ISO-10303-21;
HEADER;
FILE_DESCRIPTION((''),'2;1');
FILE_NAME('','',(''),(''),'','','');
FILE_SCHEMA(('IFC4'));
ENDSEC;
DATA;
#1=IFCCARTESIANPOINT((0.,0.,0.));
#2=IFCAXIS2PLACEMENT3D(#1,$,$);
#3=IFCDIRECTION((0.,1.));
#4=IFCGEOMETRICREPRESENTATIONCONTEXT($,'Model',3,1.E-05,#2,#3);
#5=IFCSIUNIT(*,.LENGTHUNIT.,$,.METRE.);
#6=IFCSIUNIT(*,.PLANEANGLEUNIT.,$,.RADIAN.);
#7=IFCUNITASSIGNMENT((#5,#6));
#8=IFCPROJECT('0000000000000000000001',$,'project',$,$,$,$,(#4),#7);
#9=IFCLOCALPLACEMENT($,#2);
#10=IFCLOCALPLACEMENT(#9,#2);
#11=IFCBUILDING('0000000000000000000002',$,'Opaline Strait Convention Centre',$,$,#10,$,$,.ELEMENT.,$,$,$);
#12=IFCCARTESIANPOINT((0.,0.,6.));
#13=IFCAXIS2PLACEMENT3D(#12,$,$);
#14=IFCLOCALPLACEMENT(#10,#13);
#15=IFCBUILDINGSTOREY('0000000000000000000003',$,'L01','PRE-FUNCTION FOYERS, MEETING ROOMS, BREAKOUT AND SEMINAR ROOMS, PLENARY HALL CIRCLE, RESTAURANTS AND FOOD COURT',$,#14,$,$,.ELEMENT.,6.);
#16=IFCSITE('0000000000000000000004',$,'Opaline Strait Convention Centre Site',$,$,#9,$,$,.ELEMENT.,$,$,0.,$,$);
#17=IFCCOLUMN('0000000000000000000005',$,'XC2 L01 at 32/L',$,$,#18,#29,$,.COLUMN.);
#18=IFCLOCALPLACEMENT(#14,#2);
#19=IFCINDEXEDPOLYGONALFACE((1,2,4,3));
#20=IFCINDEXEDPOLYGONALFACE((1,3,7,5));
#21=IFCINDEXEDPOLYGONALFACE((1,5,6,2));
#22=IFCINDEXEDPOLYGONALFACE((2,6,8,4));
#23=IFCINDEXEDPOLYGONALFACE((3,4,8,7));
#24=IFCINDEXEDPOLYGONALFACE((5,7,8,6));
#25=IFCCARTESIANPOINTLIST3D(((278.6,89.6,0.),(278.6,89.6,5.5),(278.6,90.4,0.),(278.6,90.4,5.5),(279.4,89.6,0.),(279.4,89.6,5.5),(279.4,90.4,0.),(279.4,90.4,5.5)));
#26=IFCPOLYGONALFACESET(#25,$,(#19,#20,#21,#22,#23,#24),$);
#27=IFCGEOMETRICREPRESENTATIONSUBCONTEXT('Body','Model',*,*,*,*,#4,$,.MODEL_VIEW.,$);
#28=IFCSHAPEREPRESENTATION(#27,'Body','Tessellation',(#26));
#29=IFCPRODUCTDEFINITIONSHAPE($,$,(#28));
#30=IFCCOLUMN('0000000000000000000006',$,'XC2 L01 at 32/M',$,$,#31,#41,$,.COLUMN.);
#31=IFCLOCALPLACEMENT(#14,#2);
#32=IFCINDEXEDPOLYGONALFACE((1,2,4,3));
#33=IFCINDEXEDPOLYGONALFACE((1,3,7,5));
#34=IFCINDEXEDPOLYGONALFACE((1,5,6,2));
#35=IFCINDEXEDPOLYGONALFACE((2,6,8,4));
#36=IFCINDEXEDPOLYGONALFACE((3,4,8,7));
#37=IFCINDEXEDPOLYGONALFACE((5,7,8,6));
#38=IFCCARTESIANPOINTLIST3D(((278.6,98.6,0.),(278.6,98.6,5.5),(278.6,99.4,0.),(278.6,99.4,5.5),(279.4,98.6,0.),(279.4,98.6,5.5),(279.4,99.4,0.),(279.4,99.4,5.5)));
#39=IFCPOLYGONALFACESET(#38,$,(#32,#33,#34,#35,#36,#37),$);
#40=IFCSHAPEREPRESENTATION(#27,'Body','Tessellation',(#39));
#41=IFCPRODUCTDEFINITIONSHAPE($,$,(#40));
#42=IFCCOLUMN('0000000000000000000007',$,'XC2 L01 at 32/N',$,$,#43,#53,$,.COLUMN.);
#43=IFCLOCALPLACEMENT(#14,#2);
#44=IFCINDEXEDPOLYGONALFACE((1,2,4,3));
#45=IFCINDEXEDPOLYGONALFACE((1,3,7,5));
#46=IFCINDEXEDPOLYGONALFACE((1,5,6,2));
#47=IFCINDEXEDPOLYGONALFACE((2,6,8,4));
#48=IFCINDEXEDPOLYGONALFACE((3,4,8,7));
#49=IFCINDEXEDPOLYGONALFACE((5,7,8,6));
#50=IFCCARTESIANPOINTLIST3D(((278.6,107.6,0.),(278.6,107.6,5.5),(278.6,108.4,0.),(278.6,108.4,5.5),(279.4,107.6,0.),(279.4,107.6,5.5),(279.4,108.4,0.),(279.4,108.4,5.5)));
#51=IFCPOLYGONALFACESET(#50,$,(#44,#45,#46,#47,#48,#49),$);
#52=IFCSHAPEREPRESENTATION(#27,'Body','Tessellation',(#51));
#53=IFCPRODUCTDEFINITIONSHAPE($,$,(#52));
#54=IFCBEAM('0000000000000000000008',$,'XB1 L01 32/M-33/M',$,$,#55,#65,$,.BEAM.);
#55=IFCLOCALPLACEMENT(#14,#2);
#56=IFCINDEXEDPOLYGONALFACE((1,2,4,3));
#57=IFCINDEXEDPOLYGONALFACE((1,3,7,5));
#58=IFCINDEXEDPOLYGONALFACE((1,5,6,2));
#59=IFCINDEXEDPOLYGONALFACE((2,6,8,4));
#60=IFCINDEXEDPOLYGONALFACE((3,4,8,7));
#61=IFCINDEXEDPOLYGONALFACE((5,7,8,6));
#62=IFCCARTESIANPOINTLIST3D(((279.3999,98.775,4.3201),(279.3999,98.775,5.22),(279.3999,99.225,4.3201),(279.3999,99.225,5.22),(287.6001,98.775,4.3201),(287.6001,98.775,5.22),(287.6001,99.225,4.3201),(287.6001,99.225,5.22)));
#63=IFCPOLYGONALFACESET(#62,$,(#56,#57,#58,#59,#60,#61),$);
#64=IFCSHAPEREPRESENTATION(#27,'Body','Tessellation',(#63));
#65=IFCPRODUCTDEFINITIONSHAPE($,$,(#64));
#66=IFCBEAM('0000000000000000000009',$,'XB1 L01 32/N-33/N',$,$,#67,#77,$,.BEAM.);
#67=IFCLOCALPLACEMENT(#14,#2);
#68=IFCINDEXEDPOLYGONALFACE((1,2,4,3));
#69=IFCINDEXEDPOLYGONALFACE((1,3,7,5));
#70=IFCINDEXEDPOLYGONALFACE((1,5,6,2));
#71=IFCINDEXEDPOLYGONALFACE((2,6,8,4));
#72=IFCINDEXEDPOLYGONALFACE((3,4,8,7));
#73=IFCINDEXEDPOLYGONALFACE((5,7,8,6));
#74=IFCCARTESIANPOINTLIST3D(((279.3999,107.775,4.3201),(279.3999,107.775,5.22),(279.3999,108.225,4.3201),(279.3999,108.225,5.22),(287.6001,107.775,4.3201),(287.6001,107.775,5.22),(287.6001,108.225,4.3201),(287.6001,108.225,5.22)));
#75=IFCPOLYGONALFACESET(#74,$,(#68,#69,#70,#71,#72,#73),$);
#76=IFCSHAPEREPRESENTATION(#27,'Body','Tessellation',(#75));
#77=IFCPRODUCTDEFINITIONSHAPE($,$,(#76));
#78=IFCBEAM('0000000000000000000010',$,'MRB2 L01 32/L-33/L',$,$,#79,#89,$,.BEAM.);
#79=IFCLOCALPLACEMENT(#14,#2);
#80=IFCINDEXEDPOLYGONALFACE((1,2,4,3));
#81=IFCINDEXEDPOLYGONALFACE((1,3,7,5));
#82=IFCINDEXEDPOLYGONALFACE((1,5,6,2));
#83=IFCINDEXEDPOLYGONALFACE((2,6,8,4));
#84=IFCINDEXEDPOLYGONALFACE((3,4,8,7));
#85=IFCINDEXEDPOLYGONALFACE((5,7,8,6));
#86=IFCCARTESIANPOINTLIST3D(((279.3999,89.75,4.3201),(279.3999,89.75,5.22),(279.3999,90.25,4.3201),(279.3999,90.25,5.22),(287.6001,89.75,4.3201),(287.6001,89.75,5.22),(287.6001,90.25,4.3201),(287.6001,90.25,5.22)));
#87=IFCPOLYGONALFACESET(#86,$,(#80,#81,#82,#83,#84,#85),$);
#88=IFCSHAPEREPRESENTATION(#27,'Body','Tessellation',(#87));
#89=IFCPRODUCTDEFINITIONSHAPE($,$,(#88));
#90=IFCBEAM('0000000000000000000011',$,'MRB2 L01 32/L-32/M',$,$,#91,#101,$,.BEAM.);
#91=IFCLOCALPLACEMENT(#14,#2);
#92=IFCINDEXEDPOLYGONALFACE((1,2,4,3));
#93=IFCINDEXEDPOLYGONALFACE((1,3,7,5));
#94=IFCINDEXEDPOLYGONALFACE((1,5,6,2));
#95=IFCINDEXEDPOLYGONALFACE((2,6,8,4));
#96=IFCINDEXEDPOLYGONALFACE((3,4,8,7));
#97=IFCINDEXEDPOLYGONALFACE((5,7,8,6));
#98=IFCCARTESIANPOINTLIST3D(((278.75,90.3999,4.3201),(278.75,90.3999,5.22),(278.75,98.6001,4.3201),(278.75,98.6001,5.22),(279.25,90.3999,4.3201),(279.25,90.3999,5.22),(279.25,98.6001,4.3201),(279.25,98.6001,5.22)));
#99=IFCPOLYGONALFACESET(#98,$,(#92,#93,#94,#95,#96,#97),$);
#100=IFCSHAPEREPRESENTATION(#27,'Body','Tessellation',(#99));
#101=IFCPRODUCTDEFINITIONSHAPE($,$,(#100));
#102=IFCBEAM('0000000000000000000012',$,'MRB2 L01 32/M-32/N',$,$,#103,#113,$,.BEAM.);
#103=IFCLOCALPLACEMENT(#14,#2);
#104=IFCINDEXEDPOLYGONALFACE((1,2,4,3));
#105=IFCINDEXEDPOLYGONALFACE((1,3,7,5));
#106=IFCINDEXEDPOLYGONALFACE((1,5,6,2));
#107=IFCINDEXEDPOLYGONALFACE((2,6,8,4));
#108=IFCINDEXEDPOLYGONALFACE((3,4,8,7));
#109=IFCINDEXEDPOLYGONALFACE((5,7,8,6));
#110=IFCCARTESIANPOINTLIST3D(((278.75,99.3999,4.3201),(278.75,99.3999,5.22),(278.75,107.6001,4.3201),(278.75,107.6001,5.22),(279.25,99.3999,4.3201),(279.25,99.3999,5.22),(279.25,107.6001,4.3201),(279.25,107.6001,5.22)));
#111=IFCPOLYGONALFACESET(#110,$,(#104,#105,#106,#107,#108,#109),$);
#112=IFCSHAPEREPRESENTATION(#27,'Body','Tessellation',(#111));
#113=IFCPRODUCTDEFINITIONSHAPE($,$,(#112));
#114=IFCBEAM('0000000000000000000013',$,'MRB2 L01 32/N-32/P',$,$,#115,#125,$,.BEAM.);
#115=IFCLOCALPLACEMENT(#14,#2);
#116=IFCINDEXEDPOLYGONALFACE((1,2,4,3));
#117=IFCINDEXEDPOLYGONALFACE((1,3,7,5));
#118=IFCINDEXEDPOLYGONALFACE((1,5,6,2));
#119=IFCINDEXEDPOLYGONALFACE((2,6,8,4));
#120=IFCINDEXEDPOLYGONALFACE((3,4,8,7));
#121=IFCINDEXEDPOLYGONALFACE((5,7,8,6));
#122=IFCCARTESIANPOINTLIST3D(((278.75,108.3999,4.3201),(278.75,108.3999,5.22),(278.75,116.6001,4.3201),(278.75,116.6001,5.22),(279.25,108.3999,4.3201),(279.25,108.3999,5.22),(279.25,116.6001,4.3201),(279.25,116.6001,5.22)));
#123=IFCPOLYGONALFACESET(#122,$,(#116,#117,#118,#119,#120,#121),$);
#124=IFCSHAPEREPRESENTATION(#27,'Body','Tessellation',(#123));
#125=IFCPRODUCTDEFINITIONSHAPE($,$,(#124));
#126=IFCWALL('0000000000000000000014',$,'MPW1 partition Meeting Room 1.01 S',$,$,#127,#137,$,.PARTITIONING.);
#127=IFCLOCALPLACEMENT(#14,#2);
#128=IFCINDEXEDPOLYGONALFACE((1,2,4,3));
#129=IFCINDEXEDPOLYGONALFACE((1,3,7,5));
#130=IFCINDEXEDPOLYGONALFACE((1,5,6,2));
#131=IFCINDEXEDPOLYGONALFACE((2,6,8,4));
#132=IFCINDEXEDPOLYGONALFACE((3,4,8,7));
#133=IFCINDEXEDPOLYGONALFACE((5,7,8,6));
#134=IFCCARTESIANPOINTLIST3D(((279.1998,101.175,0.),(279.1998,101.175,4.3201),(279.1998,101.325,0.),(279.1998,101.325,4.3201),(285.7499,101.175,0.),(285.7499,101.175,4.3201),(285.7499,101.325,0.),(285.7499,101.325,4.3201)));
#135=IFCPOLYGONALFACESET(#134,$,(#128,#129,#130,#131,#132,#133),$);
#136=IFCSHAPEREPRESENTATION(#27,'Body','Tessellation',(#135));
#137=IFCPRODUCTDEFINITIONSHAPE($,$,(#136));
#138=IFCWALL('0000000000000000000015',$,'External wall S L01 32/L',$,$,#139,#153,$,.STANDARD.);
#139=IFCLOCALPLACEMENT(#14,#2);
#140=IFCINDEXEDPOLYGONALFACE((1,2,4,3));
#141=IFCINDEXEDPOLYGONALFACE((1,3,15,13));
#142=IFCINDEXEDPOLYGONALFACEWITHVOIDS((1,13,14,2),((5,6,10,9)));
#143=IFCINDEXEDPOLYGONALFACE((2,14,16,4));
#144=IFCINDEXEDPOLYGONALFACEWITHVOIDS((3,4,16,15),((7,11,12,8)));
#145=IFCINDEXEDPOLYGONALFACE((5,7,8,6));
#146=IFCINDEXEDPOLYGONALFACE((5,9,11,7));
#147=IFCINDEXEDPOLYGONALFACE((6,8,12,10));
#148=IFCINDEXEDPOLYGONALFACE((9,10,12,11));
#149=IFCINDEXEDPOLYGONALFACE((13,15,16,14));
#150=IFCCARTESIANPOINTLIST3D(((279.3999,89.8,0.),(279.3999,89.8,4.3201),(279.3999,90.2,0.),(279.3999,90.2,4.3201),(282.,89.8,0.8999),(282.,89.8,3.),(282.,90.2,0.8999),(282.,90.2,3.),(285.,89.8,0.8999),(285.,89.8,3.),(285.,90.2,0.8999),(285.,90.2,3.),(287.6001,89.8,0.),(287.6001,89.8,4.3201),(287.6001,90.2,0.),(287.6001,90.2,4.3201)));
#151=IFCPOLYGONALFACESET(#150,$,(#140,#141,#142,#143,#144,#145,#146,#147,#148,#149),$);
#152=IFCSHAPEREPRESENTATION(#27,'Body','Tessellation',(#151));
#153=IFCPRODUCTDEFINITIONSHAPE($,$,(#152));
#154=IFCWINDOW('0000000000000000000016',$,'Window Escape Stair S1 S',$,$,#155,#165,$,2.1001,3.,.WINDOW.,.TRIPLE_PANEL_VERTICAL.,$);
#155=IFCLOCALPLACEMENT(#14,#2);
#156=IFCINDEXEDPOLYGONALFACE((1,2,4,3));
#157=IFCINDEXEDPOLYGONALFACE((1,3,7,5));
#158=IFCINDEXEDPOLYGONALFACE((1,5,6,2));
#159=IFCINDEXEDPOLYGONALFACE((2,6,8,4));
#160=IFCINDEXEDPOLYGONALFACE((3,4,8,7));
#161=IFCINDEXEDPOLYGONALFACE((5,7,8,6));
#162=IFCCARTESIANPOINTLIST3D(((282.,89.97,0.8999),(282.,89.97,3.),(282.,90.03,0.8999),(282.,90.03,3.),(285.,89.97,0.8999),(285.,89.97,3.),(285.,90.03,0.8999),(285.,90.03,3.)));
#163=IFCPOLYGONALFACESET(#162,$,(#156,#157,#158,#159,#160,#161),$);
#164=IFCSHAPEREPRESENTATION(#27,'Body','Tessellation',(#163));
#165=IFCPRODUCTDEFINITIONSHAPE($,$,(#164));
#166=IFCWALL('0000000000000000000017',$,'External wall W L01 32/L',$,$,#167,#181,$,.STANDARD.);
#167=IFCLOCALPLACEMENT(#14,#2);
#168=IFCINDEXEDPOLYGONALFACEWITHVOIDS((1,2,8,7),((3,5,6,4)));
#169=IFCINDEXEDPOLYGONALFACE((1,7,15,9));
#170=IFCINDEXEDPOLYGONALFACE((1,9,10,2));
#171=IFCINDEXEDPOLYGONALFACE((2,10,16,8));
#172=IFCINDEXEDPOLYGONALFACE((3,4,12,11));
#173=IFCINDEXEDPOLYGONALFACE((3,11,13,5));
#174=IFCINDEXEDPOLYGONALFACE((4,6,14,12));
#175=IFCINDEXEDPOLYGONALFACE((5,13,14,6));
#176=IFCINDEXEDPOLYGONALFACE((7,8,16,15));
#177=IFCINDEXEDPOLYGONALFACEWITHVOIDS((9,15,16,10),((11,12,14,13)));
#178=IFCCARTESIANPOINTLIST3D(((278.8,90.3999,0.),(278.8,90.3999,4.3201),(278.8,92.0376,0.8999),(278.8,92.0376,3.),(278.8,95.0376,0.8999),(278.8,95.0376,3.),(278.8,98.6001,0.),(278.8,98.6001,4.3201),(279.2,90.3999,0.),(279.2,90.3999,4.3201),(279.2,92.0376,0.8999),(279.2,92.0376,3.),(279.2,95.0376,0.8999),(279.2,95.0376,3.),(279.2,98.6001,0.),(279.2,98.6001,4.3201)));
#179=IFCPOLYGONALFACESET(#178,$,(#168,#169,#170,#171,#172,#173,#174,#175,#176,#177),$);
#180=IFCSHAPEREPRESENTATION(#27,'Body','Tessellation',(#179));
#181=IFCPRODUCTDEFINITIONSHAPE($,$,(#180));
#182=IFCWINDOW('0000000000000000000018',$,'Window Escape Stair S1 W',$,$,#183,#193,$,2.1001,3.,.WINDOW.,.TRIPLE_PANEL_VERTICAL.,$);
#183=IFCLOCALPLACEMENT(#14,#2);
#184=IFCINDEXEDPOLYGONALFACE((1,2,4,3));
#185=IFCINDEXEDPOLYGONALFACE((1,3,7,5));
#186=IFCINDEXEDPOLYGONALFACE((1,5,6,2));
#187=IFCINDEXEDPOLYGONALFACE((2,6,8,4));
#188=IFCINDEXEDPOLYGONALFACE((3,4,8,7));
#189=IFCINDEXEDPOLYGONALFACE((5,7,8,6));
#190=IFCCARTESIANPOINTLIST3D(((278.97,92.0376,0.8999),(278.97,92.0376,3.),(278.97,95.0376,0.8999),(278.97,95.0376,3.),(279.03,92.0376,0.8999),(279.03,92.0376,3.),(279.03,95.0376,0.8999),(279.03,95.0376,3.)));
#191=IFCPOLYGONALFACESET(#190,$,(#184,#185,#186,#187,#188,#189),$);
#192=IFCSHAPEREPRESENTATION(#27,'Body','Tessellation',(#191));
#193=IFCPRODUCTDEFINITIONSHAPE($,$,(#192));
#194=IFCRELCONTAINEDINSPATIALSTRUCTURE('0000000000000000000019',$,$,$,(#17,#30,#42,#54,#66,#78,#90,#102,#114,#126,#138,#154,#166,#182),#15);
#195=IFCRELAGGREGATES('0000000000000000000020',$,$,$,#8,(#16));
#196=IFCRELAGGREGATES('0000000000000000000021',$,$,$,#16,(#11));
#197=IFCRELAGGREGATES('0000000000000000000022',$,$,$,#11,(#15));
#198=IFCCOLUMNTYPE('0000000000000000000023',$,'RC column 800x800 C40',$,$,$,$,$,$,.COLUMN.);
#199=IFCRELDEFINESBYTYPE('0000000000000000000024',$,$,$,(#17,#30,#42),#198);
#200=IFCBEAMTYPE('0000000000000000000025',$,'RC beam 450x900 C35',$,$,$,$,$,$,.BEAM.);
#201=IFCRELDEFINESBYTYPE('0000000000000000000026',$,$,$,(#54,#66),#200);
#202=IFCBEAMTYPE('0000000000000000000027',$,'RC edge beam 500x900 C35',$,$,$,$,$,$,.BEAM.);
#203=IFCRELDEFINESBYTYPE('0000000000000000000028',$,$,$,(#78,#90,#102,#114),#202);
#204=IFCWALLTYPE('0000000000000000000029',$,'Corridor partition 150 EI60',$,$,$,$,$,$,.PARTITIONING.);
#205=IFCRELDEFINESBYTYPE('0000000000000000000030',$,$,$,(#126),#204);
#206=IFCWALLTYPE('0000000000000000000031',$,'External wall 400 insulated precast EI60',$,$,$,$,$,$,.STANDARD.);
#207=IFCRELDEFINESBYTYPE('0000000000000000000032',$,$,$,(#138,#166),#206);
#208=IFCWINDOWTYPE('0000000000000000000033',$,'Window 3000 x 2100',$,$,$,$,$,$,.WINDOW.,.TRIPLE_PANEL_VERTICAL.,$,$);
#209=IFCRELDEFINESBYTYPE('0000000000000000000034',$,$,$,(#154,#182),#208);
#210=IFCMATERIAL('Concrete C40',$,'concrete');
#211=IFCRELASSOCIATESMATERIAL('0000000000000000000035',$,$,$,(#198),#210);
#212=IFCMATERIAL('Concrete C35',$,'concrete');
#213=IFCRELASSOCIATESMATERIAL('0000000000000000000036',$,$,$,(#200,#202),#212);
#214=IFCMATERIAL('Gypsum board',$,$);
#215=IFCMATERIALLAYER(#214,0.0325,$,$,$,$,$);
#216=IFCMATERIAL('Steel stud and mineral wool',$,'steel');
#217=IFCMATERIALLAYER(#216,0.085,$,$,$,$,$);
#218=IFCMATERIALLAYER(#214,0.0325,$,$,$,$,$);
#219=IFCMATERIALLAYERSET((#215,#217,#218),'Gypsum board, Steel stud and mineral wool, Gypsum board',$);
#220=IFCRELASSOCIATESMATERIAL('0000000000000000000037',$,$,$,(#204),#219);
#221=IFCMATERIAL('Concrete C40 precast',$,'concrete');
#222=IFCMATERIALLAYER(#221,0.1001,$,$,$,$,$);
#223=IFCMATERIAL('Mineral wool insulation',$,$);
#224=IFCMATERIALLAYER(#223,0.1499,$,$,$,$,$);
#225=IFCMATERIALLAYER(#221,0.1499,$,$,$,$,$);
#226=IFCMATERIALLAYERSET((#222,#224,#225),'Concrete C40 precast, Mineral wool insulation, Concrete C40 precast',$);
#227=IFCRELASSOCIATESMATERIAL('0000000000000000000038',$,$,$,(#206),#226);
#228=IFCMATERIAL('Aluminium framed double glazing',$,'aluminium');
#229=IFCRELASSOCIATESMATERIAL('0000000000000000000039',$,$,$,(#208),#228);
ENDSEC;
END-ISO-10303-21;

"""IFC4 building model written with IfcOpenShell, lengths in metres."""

from ifc_helpers import new_model, si_unit, direction, frame, frame_2d, origin, origin_2d, place, context, subcontext, project, spatial, rectangle, extrude, material, layer, layer_set, material_profile, profile_set, type_object, element, fill, save


model = new_model("IFC4")

# Units and contexts
model_context = context("Model", 3, precision=1e-05, world=origin(), true_north=direction((0.0, 1.0)))
body_context = subcontext(model_context, "Body", "Model", "MODEL_VIEW")
ifc_project = project(units=[si_unit("LENGTHUNIT", "METRE"), si_unit("PLANEANGLEUNIT", "RADIAN")], contexts=[model_context])

# Site, building, storey
site_placement = place(None, origin())
site = spatial("IfcSite", under=ifc_project, at=site_placement, Name="Opaline Strait Convention Centre Site", CompositionType="ELEMENT", RefElevation=0.0)
building_placement = place(site_placement, origin())
building = spatial("IfcBuilding", under=site, at=building_placement, Name="Opaline Strait Convention Centre", CompositionType="ELEMENT")
storey_placement = place(building_placement, frame((0.0, 0.0, 6.0)))
storey = spatial("IfcBuildingStorey", under=building, at=storey_placement, Name="L01", Description="PRE-FUNCTION FOYERS, MEETING ROOMS, BREAKOUT AND SEMINAR ROOMS, PLENARY HALL CIRCLE, RESTAURANTS AND FOOD COURT", CompositionType="ELEMENT", Elevation=6.0)

# Columns
ifc_material_1 = material(Name="Concrete C40", Category="concrete")
ifc_material_profile_1 = material_profile(ifc_material_1, rectangle(XDim=0.8, YDim=0.8, at=origin_2d()), Name="RC 800x800")
ifc_profile_set_1 = profile_set([ifc_material_profile_1], Name="Concrete C40")
column_type = type_object("IfcColumnType", Name="RC column 800x800 C40", PredefinedType="COLUMN", material=ifc_profile_set_1)
for number, where, z_axis, x_axis, name in (
    (1, (279.0, 90.0, 0.0), (0.0, 0.0, 1.0), (1.0, 0.0, 0.0), "XC2 L01 at 32/L"),
    (2, (279.0, 99.0, 0.0), (0.0, 0.0, 1.0), (1.0, 0.0, 0.0), "XC2 L01 at 32/M"),
    (3, (279.0, 108.0, 0.0), (0.0, 0.0, 1.0), (1.0, 0.0, 0.0), "XC2 L01 at 32/N"),
):
    element("IfcColumn", number, at=place(storey_placement, frame(where, z_axis=z_axis, x_axis=x_axis)), inside=storey, type_object=column_type, Name=name, PredefinedType="COLUMN", context=body_context, shape_type="SweptSolid", body=[
        extrude(rectangle(XDim=0.8, YDim=0.8, at=origin_2d()), origin(), (0.0, 0.0, 1.0), 5.5),
    ])

# Beams
ifc_material_2 = material(Name="Concrete C35", Category="concrete")
ifc_material_profile_2 = material_profile(ifc_material_2, rectangle(XDim=0.45, YDim=0.8999, at=origin_2d()), Name="RC 450x900")
ifc_profile_set_2 = profile_set([ifc_material_profile_2], Name="Concrete C35")
beam_type_1 = type_object("IfcBeamType", Name="RC beam 450x900 C35", PredefinedType="BEAM", material=ifc_profile_set_2)
for number, where, z_axis, x_axis, name in (
    (4, (279.3999, 99.0, 4.77), (1.0, 0.0, 0.0), (0.0, 1.0, 0.0), "XB1 L01 32/M-33/M"),
    (5, (279.3999, 108.0, 4.77), (1.0, 0.0, 0.0), (0.0, 1.0, 0.0), "XB1 L01 32/N-33/N"),
):
    element("IfcBeam", number, at=place(storey_placement, frame(where, z_axis=z_axis, x_axis=x_axis)), inside=storey, type_object=beam_type_1, Name=name, PredefinedType="BEAM", context=body_context, shape_type="SweptSolid", body=[
        extrude(rectangle(XDim=0.45, YDim=0.8999, at=origin_2d()), origin(), (0.0, 0.0, 1.0), 8.2002),
    ])
ifc_material_profile_3 = material_profile(ifc_material_2, rectangle(XDim=0.5, YDim=0.8999, at=origin_2d()), Name="RC 500x900")
ifc_profile_set_3 = profile_set([ifc_material_profile_3], Name="Concrete C35")
beam_type_2 = type_object("IfcBeamType", Name="RC edge beam 500x900 C35", PredefinedType="BEAM", material=ifc_profile_set_3)
for number, where, z_axis, x_axis, name in (
    (6, (279.3999, 90.0, 4.77), (1.0, 0.0, 0.0), (0.0, 1.0, 0.0), "MRB2 L01 32/L-33/L"),
    (7, (279.0, 90.3999, 4.77), (0.0, 1.0, 0.0), (-1.0, 0.0, 0.0), "MRB2 L01 32/L-32/M"),
    (8, (279.0, 99.3999, 4.77), (0.0, 1.0, 0.0), (-1.0, 0.0, 0.0), "MRB2 L01 32/M-32/N"),
    (9, (279.0, 108.3999, 4.77), (0.0, 1.0, 0.0), (-1.0, 0.0, 0.0), "MRB2 L01 32/N-32/P"),
):
    element("IfcBeam", number, at=place(storey_placement, frame(where, z_axis=z_axis, x_axis=x_axis)), inside=storey, type_object=beam_type_2, Name=name, PredefinedType="BEAM", context=body_context, shape_type="SweptSolid", body=[
        extrude(rectangle(XDim=0.5, YDim=0.8999, at=origin_2d()), origin(), (0.0, 0.0, 1.0), 8.2002),
    ])

# Wall
ifc_material_3 = material(Name="Gypsum board")
ifc_layer_1 = layer(ifc_material_3, 0.0325)
ifc_material_4 = material(Name="Steel stud and mineral wool", Category="steel")
ifc_layer_2 = layer(ifc_material_4, 0.085)
ifc_layer_3 = layer(ifc_material_3, 0.0325)
ifc_layer_set_1 = layer_set([ifc_layer_1, ifc_layer_2, ifc_layer_3], Name="Gypsum board, Steel stud and mineral wool, Gypsum board")
wall_type_1 = type_object("IfcWallType", Name="Corridor partition 150 EI60", PredefinedType="PARTITIONING", material=ifc_layer_set_1)
wall_1_placement = place(storey_placement, frame((279.2, 101.25, 0.0), z_axis=(0.0, 0.0, 1.0), x_axis=(1.0, 0.0, 0.0)))
element("IfcWall", 10, at=wall_1_placement, inside=storey, type_object=wall_type_1, Name="MPW1 partition Meeting Room 1.01 S", PredefinedType="PARTITIONING", context=body_context, shape_type="SweptSolid", body=[
    extrude(rectangle(XDim=6.55, YDim=0.1499, at=frame_2d((3.2749, 0.0))), origin(), (0.0, 0.0, 1.0), 4.3201),
])

# Walls, openings, windows
ifc_material_5 = material(Name="Concrete C40 precast", Category="concrete")
ifc_layer_4 = layer(ifc_material_5, 0.1001)
ifc_material_6 = material(Name="Mineral wool insulation")
ifc_layer_5 = layer(ifc_material_6, 0.1499)
ifc_layer_6 = layer(ifc_material_5, 0.1499)
ifc_layer_set_2 = layer_set([ifc_layer_4, ifc_layer_5, ifc_layer_6], Name="Concrete C40 precast, Mineral wool insulation, Concrete C40 precast")
wall_type_2 = type_object("IfcWallType", Name="External wall 400 insulated precast EI60", PredefinedType="STANDARD", material=ifc_layer_set_2)
wall_2_placement = place(storey_placement, frame((279.3999, 90.0, 0.0), z_axis=(0.0, 0.0, 1.0), x_axis=(1.0, 0.0, 0.0)))
wall_2 = element("IfcWall", 11, at=wall_2_placement, inside=storey, type_object=wall_type_2, Name="External wall S L01 32/L", PredefinedType="STANDARD", context=body_context, shape_type="SweptSolid", body=[
    extrude(rectangle(XDim=8.2002, YDim=0.3999, at=frame_2d((4.1001, 0.0))), origin(), (0.0, 0.0, 1.0), 4.3201),
])
opening_1_placement = place(wall_2_placement, frame((2.6001, 0.0, 0.8999)))
opening_1 = element("IfcOpeningElement", 12, at=opening_1_placement, cuts=wall_2, PredefinedType="OPENING", context=body_context, shape_type="SweptSolid", body=[
    extrude(rectangle(XDim=3.0, YDim=2.1001, at=frame_2d((1.5, 1.05))), frame((0.0, 0.21, 0.0), z_axis=(0.0, -1.0, 0.0), x_axis=(1.0, 0.0, 0.0)), (0.0, 0.0, 1.0), 0.4199),
])
ifc_material_7 = material(Name="Aluminium framed double glazing", Category="aluminium")
window_type = type_object("IfcWindowType", Name="Window 3000 x 2100", PartitioningType="TRIPLE_PANEL_VERTICAL", PredefinedType="WINDOW", material=ifc_material_7)
window_1_placement = place(opening_1_placement, origin())
window_1 = element("IfcWindow", 13, at=window_1_placement, inside=storey, type_object=window_type, Name="Window Escape Stair S1 S", OverallHeight=2.1001, OverallWidth=3.0, PartitioningType="TRIPLE_PANEL_VERTICAL", PredefinedType="WINDOW", context=body_context, shape_type="SweptSolid", body=[
    extrude(rectangle(XDim=3.0, YDim=2.1001, at=frame_2d((1.5, 1.05))), frame((0.0, 0.03, 0.0), z_axis=(0.0, -1.0, 0.0), x_axis=(1.0, 0.0, 0.0)), (0.0, 0.0, 1.0), 0.0601),
])
fill(opening_1, window_1)
wall_3_placement = place(storey_placement, frame((279.0, 90.3999, 0.0), z_axis=(0.0, 0.0, 1.0), x_axis=(0.0, 1.0, 0.0)))
wall_3 = element("IfcWall", 14, at=wall_3_placement, inside=storey, type_object=wall_type_2, Name="External wall W L01 32/L", PredefinedType="STANDARD", context=body_context, shape_type="SweptSolid", body=[
    extrude(rectangle(XDim=8.2002, YDim=0.3999, at=frame_2d((4.1001, 0.0))), origin(), (0.0, 0.0, 1.0), 4.3201),
])
opening_2_placement = place(wall_3_placement, frame((1.6377, 0.0, 0.8999)))
opening_2 = element("IfcOpeningElement", 15, at=opening_2_placement, cuts=wall_3, PredefinedType="OPENING", context=body_context, shape_type="SweptSolid", body=[
    extrude(rectangle(XDim=3.0, YDim=2.1001, at=frame_2d((1.5, 1.05))), frame((0.0, 0.21, 0.0), z_axis=(0.0, -1.0, 0.0), x_axis=(1.0, 0.0, 0.0)), (0.0, 0.0, 1.0), 0.4199),
])
window_2_placement = place(opening_2_placement, origin())
window_2 = element("IfcWindow", 16, at=window_2_placement, inside=storey, type_object=window_type, Name="Window Escape Stair S1 W", OverallHeight=2.1001, OverallWidth=3.0, PartitioningType="TRIPLE_PANEL_VERTICAL", PredefinedType="WINDOW", context=body_context, shape_type="SweptSolid", body=[
    extrude(rectangle(XDim=3.0, YDim=2.1001, at=frame_2d((1.5, 1.05))), frame((0.0, 0.03, 0.0), z_axis=(0.0, -1.0, 0.0), x_axis=(1.0, 0.0, 0.0)), (0.0, 0.0, 1.0), 0.0601),
])
fill(opening_2, window_2)

save(model, "model.ifc")
